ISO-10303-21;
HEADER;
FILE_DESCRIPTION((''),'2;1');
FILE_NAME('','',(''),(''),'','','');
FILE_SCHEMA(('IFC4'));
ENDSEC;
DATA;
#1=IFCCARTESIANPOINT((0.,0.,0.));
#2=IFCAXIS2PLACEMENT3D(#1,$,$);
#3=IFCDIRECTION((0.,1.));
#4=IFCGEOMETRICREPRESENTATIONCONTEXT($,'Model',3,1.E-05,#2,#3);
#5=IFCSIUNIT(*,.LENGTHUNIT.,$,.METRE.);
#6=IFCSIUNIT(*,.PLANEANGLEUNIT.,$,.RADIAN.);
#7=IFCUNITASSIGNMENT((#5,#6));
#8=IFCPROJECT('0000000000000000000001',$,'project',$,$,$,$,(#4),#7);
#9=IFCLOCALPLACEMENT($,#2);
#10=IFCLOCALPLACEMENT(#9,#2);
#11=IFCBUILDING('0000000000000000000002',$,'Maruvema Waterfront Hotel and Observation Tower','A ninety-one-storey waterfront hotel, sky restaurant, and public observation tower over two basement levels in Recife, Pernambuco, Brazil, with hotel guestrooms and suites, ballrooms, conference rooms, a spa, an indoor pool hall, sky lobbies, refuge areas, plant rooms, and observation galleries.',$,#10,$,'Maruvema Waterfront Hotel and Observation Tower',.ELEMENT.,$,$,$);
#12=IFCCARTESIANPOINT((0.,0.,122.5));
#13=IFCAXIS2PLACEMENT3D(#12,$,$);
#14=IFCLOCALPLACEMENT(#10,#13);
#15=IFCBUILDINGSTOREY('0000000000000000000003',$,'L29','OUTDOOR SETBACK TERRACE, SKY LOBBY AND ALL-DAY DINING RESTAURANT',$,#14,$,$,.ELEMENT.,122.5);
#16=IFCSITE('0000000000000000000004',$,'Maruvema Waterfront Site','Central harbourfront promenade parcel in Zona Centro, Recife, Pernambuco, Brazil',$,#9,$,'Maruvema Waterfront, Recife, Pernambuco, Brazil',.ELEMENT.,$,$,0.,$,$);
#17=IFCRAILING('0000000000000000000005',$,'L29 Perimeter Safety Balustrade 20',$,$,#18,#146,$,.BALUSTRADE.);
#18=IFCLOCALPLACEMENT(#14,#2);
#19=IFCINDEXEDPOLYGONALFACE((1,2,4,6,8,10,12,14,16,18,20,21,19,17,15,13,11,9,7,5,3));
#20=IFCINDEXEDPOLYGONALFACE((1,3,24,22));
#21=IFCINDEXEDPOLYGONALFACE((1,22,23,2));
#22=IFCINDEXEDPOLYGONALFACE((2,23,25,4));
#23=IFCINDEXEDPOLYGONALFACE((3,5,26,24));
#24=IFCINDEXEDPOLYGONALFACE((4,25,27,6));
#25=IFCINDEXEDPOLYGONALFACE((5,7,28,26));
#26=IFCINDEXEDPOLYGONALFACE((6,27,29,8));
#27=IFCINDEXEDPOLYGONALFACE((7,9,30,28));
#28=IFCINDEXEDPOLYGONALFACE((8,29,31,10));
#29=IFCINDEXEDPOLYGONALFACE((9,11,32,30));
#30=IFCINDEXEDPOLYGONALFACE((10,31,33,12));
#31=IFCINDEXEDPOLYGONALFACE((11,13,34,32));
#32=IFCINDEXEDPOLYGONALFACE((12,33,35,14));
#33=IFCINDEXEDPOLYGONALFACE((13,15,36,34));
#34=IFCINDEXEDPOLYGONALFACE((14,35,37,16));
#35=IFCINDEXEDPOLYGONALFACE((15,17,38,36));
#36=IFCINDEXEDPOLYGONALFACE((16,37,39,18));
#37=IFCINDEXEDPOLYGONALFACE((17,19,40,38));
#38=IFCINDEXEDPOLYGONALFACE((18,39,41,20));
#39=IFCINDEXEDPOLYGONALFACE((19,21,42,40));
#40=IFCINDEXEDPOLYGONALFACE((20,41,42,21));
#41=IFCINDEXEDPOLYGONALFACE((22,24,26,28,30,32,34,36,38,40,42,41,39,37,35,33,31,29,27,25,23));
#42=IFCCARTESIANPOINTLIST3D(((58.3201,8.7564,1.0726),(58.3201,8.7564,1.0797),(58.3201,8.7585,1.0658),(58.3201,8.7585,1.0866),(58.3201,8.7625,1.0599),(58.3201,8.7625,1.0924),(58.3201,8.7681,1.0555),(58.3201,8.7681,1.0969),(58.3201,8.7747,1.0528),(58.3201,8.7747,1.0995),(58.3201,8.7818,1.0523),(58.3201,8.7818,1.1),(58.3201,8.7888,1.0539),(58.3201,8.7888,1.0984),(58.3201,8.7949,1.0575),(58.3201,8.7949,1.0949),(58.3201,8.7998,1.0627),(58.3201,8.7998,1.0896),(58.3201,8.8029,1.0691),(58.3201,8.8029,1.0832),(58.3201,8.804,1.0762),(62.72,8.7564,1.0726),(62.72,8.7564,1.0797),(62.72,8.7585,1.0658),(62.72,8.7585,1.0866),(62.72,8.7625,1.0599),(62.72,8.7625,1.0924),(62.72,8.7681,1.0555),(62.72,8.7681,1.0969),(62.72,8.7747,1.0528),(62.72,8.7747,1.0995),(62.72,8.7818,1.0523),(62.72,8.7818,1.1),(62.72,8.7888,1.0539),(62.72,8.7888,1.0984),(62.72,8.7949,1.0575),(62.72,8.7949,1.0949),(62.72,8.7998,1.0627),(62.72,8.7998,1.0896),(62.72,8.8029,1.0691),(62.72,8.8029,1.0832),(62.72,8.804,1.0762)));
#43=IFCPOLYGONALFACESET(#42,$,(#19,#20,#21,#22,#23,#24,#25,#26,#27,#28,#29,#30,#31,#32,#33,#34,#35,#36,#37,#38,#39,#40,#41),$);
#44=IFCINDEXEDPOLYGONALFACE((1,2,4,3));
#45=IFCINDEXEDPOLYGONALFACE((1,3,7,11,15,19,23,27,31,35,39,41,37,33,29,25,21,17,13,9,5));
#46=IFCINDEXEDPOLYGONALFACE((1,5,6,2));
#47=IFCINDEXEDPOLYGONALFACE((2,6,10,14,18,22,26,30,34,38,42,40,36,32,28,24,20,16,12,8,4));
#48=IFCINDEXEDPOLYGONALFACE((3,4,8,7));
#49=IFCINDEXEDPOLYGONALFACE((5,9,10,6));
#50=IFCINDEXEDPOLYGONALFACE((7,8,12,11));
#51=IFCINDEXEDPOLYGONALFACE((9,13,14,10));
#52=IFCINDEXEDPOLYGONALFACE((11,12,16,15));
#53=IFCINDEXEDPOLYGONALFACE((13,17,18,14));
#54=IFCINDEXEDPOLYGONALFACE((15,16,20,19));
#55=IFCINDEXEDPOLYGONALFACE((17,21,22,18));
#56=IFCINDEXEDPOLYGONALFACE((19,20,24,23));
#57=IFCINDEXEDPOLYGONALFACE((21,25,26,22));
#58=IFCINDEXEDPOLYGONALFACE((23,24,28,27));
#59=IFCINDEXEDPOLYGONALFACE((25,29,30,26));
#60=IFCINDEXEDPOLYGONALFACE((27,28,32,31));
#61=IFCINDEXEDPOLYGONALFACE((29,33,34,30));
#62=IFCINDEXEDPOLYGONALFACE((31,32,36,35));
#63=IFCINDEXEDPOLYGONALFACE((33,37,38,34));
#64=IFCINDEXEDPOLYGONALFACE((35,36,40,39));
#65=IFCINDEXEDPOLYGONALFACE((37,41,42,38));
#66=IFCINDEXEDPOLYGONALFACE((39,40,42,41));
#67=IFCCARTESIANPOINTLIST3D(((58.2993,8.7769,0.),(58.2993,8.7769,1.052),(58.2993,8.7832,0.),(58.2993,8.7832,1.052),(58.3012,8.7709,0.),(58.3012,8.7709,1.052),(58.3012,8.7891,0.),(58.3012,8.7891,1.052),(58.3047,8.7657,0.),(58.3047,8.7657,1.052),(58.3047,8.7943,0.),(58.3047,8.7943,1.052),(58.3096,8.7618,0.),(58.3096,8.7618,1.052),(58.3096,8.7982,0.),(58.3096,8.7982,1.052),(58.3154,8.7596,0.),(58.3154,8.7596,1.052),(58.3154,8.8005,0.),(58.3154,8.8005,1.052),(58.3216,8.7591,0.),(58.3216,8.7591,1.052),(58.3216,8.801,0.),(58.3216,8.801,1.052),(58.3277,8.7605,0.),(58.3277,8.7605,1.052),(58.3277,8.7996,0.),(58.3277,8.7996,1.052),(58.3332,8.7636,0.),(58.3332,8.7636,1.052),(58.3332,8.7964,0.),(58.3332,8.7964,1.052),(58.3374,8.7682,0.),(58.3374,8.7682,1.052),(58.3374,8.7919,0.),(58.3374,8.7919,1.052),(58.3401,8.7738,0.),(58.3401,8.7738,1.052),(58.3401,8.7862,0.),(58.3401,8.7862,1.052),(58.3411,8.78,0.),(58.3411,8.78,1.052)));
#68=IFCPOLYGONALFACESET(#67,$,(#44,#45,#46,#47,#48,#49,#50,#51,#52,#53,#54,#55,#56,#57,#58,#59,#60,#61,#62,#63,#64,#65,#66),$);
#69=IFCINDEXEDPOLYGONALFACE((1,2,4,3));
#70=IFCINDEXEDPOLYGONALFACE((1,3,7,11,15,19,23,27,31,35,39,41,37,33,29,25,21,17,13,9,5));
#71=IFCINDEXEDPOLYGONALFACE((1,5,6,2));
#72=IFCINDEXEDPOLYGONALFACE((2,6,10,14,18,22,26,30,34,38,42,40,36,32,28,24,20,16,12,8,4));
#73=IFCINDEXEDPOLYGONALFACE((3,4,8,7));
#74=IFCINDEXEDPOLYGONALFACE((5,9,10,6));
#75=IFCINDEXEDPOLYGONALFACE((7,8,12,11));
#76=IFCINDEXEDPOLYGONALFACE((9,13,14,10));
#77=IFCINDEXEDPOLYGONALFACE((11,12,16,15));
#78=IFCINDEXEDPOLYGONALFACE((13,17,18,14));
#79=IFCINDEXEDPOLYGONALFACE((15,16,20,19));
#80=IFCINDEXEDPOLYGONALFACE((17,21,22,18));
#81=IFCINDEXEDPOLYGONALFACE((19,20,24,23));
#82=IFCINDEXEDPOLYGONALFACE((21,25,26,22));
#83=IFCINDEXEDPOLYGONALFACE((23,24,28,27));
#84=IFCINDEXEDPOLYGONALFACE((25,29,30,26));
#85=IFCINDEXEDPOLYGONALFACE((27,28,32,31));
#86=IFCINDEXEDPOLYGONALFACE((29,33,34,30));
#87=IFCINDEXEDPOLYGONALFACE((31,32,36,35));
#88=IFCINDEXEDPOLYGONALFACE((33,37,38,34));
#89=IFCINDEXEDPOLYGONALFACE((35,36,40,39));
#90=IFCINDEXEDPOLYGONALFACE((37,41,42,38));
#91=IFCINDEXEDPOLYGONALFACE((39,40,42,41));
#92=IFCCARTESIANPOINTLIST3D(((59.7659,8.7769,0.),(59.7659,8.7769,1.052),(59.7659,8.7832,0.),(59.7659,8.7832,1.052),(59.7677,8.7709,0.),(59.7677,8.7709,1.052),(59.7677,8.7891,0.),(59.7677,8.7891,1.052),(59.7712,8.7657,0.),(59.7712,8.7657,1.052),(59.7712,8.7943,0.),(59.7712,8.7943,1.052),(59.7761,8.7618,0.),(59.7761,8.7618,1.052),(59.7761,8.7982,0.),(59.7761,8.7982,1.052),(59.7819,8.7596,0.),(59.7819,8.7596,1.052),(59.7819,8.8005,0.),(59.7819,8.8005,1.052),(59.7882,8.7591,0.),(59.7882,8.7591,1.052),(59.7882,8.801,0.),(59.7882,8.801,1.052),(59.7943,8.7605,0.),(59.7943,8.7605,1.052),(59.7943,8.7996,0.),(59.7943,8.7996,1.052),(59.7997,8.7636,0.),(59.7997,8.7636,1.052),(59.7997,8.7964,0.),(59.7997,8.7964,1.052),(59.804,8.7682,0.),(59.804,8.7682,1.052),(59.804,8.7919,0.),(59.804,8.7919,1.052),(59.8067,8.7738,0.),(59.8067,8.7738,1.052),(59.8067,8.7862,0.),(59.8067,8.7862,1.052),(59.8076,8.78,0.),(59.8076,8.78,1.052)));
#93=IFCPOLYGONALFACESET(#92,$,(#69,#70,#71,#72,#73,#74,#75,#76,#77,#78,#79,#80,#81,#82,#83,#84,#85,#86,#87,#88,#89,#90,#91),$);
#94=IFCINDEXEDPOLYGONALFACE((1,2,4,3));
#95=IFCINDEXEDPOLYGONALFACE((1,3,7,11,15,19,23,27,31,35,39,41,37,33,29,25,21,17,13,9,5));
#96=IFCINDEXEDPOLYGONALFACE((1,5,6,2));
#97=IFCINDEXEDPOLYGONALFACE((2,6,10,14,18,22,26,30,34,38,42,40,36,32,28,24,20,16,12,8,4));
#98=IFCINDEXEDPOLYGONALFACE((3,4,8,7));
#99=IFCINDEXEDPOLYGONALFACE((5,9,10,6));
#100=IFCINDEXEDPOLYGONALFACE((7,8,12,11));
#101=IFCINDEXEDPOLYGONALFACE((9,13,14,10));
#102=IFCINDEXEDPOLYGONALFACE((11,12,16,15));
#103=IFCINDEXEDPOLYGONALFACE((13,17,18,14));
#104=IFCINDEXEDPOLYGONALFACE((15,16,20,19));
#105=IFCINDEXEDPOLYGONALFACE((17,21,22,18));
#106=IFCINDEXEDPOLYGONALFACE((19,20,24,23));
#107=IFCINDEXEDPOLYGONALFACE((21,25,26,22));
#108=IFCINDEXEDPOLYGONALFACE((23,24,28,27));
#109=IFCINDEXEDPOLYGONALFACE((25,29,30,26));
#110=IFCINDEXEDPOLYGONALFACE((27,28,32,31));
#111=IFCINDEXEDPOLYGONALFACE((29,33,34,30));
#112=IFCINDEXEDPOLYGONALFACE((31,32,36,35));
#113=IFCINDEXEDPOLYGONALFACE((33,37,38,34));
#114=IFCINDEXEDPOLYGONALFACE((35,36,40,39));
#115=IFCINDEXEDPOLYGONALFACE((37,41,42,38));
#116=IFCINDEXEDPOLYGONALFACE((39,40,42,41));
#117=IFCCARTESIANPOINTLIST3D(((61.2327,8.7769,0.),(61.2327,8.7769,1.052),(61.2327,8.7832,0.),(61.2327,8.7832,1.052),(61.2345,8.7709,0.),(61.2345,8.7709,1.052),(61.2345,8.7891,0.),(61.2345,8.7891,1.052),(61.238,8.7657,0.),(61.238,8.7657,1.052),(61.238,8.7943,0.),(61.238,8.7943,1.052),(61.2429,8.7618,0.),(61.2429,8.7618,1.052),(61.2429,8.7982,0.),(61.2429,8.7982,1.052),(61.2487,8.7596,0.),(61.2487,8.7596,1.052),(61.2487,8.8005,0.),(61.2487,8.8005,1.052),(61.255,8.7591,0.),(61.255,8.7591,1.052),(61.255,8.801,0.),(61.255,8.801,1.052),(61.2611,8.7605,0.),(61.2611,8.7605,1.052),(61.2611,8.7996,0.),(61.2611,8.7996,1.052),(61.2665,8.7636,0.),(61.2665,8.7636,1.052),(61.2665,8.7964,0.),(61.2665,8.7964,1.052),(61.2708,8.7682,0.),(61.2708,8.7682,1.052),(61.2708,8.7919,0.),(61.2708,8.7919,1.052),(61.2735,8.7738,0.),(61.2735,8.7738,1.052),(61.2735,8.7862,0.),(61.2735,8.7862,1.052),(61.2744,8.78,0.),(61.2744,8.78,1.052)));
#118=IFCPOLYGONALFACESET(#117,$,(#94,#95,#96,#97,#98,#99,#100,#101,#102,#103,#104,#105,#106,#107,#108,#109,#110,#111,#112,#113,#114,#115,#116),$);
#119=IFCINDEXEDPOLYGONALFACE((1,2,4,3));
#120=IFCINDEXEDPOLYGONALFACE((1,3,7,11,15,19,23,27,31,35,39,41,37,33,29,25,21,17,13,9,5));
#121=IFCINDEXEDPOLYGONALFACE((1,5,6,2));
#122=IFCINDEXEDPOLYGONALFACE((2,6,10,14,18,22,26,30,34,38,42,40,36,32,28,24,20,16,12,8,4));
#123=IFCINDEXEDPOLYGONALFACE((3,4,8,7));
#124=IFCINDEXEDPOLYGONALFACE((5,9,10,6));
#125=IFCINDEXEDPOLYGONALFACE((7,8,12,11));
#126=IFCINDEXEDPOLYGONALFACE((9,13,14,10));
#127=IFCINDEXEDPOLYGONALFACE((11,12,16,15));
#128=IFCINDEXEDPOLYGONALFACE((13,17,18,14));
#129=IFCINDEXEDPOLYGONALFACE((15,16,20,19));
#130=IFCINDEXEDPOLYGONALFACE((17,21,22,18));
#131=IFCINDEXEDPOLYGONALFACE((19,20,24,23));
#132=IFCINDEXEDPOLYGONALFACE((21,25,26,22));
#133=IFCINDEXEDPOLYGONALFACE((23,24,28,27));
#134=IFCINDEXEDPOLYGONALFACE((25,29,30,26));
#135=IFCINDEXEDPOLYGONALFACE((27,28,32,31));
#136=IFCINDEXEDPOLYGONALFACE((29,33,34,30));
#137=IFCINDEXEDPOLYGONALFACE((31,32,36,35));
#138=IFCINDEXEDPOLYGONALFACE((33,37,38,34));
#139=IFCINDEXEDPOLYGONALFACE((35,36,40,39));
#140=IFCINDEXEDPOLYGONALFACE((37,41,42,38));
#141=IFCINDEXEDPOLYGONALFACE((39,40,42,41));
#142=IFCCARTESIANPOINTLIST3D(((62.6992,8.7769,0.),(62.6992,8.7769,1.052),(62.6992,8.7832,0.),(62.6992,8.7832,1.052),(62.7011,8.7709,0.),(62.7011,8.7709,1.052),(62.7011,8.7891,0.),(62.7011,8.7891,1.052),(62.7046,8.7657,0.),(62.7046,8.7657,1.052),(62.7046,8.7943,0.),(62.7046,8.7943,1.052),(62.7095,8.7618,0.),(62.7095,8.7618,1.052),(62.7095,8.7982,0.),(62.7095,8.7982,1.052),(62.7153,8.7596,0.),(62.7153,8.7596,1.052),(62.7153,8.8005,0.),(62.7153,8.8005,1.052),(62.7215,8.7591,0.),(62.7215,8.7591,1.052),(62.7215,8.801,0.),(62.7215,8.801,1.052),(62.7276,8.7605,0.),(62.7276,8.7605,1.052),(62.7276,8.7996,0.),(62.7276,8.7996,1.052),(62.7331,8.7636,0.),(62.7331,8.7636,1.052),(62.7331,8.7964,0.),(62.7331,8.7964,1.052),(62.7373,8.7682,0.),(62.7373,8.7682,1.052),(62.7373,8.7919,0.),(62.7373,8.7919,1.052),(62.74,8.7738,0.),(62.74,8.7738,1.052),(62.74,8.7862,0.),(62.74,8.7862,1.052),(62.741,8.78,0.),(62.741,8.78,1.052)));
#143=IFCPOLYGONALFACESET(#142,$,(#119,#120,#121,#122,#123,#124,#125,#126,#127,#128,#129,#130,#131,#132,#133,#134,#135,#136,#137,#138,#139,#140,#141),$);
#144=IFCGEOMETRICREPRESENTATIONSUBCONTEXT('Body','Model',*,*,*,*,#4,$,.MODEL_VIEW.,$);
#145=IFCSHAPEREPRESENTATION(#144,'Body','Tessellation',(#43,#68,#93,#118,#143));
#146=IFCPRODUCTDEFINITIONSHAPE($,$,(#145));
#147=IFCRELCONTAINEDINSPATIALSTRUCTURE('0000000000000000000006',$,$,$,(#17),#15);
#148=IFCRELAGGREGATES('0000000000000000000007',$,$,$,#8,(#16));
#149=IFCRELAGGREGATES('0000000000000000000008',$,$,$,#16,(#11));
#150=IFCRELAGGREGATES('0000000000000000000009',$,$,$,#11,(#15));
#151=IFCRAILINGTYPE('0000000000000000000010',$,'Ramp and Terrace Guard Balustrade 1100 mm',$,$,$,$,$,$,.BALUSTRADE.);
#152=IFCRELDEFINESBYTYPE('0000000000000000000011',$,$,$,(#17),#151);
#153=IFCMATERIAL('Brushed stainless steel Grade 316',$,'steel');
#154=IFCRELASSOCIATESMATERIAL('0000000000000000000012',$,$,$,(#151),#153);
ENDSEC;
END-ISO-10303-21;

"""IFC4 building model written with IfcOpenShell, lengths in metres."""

from ifc_helpers import new_model, si_unit, direction, frame, origin, origin_2d, place, context, subcontext, project, spatial, circle, extrude, material, type_object, element, save


model = new_model("IFC4")

# Units and contexts
model_context = context("Model", 3, precision=1e-05, world=origin(), true_north=direction((0.0, 1.0)))
body_context = subcontext(model_context, "Body", "Model", "MODEL_VIEW")
ifc_project = project(units=[si_unit("LENGTHUNIT", "METRE"), si_unit("PLANEANGLEUNIT", "RADIAN")], contexts=[model_context])

# Site, building, storey
site_placement = place(None, origin())
site = spatial("IfcSite", under=ifc_project, at=site_placement, Name="Maruvema Waterfront Site", Description="Central harbourfront promenade parcel in Zona Centro, Recife, Pernambuco, Brazil", LongName="Maruvema Waterfront, Recife, Pernambuco, Brazil", CompositionType="ELEMENT", RefElevation=0.0)
building_placement = place(site_placement, origin())
building = spatial("IfcBuilding", under=site, at=building_placement, Name="Maruvema Waterfront Hotel and Observation Tower", Description="A ninety-one-storey waterfront hotel, sky restaurant, and public observation tower over two basement levels in Recife, Pernambuco, Brazil, with hotel guestrooms and suites, ballrooms, conference rooms, a spa, an indoor pool hall, sky lobbies, refuge areas, plant rooms, and observation galleries.", LongName="Maruvema Waterfront Hotel and Observation Tower", CompositionType="ELEMENT")
storey_placement = place(building_placement, frame((0.0, 0.0, 122.5)))
storey = spatial("IfcBuildingStorey", under=building, at=storey_placement, Name="L29", Description="OUTDOOR SETBACK TERRACE, SKY LOBBY AND ALL-DAY DINING RESTAURANT", CompositionType="ELEMENT", Elevation=122.5)

# Railing
ifc_material_1 = material(Name="Brushed stainless steel Grade 316", Category="steel")
railing_type = type_object("IfcRailingType", Name="Ramp and Terrace Guard Balustrade 1100 mm", PredefinedType="BALUSTRADE", material=ifc_material_1)
railing_1_placement = place(storey_placement, frame((58.3201, 8.78, 0.0)))
element("IfcRailing", 1, at=railing_1_placement, inside=storey, type_object=railing_type, Name="L29 Perimeter Safety Balustrade 20", PredefinedType="BALUSTRADE", context=body_context, shape_type="SweptSolid", body=[
    extrude(circle(Radius=0.0239, at=origin_2d()), frame((0.0, 0.0, 1.0762), z_axis=(1.0, 0.0, 0.0), x_axis=(0.0, 1.0, 0.0)), (0.0, 0.0, 1.0), 4.3999),
    extrude(circle(Radius=0.021, at=origin_2d()), origin(), (0.0, 0.0, 1.0), 1.052),
    extrude(circle(Radius=0.021, at=origin_2d()), frame((1.4666, 0.0, 0.0)), (0.0, 0.0, 1.0), 1.052),
    extrude(circle(Radius=0.021, at=origin_2d()), frame((2.9333, 0.0, 0.0)), (0.0, 0.0, 1.0), 1.052),
    extrude(circle(Radius=0.021, at=origin_2d()), frame((4.3999, 0.0, 0.0)), (0.0, 0.0, 1.0), 1.052),
])

save(model, "model.ifc")
